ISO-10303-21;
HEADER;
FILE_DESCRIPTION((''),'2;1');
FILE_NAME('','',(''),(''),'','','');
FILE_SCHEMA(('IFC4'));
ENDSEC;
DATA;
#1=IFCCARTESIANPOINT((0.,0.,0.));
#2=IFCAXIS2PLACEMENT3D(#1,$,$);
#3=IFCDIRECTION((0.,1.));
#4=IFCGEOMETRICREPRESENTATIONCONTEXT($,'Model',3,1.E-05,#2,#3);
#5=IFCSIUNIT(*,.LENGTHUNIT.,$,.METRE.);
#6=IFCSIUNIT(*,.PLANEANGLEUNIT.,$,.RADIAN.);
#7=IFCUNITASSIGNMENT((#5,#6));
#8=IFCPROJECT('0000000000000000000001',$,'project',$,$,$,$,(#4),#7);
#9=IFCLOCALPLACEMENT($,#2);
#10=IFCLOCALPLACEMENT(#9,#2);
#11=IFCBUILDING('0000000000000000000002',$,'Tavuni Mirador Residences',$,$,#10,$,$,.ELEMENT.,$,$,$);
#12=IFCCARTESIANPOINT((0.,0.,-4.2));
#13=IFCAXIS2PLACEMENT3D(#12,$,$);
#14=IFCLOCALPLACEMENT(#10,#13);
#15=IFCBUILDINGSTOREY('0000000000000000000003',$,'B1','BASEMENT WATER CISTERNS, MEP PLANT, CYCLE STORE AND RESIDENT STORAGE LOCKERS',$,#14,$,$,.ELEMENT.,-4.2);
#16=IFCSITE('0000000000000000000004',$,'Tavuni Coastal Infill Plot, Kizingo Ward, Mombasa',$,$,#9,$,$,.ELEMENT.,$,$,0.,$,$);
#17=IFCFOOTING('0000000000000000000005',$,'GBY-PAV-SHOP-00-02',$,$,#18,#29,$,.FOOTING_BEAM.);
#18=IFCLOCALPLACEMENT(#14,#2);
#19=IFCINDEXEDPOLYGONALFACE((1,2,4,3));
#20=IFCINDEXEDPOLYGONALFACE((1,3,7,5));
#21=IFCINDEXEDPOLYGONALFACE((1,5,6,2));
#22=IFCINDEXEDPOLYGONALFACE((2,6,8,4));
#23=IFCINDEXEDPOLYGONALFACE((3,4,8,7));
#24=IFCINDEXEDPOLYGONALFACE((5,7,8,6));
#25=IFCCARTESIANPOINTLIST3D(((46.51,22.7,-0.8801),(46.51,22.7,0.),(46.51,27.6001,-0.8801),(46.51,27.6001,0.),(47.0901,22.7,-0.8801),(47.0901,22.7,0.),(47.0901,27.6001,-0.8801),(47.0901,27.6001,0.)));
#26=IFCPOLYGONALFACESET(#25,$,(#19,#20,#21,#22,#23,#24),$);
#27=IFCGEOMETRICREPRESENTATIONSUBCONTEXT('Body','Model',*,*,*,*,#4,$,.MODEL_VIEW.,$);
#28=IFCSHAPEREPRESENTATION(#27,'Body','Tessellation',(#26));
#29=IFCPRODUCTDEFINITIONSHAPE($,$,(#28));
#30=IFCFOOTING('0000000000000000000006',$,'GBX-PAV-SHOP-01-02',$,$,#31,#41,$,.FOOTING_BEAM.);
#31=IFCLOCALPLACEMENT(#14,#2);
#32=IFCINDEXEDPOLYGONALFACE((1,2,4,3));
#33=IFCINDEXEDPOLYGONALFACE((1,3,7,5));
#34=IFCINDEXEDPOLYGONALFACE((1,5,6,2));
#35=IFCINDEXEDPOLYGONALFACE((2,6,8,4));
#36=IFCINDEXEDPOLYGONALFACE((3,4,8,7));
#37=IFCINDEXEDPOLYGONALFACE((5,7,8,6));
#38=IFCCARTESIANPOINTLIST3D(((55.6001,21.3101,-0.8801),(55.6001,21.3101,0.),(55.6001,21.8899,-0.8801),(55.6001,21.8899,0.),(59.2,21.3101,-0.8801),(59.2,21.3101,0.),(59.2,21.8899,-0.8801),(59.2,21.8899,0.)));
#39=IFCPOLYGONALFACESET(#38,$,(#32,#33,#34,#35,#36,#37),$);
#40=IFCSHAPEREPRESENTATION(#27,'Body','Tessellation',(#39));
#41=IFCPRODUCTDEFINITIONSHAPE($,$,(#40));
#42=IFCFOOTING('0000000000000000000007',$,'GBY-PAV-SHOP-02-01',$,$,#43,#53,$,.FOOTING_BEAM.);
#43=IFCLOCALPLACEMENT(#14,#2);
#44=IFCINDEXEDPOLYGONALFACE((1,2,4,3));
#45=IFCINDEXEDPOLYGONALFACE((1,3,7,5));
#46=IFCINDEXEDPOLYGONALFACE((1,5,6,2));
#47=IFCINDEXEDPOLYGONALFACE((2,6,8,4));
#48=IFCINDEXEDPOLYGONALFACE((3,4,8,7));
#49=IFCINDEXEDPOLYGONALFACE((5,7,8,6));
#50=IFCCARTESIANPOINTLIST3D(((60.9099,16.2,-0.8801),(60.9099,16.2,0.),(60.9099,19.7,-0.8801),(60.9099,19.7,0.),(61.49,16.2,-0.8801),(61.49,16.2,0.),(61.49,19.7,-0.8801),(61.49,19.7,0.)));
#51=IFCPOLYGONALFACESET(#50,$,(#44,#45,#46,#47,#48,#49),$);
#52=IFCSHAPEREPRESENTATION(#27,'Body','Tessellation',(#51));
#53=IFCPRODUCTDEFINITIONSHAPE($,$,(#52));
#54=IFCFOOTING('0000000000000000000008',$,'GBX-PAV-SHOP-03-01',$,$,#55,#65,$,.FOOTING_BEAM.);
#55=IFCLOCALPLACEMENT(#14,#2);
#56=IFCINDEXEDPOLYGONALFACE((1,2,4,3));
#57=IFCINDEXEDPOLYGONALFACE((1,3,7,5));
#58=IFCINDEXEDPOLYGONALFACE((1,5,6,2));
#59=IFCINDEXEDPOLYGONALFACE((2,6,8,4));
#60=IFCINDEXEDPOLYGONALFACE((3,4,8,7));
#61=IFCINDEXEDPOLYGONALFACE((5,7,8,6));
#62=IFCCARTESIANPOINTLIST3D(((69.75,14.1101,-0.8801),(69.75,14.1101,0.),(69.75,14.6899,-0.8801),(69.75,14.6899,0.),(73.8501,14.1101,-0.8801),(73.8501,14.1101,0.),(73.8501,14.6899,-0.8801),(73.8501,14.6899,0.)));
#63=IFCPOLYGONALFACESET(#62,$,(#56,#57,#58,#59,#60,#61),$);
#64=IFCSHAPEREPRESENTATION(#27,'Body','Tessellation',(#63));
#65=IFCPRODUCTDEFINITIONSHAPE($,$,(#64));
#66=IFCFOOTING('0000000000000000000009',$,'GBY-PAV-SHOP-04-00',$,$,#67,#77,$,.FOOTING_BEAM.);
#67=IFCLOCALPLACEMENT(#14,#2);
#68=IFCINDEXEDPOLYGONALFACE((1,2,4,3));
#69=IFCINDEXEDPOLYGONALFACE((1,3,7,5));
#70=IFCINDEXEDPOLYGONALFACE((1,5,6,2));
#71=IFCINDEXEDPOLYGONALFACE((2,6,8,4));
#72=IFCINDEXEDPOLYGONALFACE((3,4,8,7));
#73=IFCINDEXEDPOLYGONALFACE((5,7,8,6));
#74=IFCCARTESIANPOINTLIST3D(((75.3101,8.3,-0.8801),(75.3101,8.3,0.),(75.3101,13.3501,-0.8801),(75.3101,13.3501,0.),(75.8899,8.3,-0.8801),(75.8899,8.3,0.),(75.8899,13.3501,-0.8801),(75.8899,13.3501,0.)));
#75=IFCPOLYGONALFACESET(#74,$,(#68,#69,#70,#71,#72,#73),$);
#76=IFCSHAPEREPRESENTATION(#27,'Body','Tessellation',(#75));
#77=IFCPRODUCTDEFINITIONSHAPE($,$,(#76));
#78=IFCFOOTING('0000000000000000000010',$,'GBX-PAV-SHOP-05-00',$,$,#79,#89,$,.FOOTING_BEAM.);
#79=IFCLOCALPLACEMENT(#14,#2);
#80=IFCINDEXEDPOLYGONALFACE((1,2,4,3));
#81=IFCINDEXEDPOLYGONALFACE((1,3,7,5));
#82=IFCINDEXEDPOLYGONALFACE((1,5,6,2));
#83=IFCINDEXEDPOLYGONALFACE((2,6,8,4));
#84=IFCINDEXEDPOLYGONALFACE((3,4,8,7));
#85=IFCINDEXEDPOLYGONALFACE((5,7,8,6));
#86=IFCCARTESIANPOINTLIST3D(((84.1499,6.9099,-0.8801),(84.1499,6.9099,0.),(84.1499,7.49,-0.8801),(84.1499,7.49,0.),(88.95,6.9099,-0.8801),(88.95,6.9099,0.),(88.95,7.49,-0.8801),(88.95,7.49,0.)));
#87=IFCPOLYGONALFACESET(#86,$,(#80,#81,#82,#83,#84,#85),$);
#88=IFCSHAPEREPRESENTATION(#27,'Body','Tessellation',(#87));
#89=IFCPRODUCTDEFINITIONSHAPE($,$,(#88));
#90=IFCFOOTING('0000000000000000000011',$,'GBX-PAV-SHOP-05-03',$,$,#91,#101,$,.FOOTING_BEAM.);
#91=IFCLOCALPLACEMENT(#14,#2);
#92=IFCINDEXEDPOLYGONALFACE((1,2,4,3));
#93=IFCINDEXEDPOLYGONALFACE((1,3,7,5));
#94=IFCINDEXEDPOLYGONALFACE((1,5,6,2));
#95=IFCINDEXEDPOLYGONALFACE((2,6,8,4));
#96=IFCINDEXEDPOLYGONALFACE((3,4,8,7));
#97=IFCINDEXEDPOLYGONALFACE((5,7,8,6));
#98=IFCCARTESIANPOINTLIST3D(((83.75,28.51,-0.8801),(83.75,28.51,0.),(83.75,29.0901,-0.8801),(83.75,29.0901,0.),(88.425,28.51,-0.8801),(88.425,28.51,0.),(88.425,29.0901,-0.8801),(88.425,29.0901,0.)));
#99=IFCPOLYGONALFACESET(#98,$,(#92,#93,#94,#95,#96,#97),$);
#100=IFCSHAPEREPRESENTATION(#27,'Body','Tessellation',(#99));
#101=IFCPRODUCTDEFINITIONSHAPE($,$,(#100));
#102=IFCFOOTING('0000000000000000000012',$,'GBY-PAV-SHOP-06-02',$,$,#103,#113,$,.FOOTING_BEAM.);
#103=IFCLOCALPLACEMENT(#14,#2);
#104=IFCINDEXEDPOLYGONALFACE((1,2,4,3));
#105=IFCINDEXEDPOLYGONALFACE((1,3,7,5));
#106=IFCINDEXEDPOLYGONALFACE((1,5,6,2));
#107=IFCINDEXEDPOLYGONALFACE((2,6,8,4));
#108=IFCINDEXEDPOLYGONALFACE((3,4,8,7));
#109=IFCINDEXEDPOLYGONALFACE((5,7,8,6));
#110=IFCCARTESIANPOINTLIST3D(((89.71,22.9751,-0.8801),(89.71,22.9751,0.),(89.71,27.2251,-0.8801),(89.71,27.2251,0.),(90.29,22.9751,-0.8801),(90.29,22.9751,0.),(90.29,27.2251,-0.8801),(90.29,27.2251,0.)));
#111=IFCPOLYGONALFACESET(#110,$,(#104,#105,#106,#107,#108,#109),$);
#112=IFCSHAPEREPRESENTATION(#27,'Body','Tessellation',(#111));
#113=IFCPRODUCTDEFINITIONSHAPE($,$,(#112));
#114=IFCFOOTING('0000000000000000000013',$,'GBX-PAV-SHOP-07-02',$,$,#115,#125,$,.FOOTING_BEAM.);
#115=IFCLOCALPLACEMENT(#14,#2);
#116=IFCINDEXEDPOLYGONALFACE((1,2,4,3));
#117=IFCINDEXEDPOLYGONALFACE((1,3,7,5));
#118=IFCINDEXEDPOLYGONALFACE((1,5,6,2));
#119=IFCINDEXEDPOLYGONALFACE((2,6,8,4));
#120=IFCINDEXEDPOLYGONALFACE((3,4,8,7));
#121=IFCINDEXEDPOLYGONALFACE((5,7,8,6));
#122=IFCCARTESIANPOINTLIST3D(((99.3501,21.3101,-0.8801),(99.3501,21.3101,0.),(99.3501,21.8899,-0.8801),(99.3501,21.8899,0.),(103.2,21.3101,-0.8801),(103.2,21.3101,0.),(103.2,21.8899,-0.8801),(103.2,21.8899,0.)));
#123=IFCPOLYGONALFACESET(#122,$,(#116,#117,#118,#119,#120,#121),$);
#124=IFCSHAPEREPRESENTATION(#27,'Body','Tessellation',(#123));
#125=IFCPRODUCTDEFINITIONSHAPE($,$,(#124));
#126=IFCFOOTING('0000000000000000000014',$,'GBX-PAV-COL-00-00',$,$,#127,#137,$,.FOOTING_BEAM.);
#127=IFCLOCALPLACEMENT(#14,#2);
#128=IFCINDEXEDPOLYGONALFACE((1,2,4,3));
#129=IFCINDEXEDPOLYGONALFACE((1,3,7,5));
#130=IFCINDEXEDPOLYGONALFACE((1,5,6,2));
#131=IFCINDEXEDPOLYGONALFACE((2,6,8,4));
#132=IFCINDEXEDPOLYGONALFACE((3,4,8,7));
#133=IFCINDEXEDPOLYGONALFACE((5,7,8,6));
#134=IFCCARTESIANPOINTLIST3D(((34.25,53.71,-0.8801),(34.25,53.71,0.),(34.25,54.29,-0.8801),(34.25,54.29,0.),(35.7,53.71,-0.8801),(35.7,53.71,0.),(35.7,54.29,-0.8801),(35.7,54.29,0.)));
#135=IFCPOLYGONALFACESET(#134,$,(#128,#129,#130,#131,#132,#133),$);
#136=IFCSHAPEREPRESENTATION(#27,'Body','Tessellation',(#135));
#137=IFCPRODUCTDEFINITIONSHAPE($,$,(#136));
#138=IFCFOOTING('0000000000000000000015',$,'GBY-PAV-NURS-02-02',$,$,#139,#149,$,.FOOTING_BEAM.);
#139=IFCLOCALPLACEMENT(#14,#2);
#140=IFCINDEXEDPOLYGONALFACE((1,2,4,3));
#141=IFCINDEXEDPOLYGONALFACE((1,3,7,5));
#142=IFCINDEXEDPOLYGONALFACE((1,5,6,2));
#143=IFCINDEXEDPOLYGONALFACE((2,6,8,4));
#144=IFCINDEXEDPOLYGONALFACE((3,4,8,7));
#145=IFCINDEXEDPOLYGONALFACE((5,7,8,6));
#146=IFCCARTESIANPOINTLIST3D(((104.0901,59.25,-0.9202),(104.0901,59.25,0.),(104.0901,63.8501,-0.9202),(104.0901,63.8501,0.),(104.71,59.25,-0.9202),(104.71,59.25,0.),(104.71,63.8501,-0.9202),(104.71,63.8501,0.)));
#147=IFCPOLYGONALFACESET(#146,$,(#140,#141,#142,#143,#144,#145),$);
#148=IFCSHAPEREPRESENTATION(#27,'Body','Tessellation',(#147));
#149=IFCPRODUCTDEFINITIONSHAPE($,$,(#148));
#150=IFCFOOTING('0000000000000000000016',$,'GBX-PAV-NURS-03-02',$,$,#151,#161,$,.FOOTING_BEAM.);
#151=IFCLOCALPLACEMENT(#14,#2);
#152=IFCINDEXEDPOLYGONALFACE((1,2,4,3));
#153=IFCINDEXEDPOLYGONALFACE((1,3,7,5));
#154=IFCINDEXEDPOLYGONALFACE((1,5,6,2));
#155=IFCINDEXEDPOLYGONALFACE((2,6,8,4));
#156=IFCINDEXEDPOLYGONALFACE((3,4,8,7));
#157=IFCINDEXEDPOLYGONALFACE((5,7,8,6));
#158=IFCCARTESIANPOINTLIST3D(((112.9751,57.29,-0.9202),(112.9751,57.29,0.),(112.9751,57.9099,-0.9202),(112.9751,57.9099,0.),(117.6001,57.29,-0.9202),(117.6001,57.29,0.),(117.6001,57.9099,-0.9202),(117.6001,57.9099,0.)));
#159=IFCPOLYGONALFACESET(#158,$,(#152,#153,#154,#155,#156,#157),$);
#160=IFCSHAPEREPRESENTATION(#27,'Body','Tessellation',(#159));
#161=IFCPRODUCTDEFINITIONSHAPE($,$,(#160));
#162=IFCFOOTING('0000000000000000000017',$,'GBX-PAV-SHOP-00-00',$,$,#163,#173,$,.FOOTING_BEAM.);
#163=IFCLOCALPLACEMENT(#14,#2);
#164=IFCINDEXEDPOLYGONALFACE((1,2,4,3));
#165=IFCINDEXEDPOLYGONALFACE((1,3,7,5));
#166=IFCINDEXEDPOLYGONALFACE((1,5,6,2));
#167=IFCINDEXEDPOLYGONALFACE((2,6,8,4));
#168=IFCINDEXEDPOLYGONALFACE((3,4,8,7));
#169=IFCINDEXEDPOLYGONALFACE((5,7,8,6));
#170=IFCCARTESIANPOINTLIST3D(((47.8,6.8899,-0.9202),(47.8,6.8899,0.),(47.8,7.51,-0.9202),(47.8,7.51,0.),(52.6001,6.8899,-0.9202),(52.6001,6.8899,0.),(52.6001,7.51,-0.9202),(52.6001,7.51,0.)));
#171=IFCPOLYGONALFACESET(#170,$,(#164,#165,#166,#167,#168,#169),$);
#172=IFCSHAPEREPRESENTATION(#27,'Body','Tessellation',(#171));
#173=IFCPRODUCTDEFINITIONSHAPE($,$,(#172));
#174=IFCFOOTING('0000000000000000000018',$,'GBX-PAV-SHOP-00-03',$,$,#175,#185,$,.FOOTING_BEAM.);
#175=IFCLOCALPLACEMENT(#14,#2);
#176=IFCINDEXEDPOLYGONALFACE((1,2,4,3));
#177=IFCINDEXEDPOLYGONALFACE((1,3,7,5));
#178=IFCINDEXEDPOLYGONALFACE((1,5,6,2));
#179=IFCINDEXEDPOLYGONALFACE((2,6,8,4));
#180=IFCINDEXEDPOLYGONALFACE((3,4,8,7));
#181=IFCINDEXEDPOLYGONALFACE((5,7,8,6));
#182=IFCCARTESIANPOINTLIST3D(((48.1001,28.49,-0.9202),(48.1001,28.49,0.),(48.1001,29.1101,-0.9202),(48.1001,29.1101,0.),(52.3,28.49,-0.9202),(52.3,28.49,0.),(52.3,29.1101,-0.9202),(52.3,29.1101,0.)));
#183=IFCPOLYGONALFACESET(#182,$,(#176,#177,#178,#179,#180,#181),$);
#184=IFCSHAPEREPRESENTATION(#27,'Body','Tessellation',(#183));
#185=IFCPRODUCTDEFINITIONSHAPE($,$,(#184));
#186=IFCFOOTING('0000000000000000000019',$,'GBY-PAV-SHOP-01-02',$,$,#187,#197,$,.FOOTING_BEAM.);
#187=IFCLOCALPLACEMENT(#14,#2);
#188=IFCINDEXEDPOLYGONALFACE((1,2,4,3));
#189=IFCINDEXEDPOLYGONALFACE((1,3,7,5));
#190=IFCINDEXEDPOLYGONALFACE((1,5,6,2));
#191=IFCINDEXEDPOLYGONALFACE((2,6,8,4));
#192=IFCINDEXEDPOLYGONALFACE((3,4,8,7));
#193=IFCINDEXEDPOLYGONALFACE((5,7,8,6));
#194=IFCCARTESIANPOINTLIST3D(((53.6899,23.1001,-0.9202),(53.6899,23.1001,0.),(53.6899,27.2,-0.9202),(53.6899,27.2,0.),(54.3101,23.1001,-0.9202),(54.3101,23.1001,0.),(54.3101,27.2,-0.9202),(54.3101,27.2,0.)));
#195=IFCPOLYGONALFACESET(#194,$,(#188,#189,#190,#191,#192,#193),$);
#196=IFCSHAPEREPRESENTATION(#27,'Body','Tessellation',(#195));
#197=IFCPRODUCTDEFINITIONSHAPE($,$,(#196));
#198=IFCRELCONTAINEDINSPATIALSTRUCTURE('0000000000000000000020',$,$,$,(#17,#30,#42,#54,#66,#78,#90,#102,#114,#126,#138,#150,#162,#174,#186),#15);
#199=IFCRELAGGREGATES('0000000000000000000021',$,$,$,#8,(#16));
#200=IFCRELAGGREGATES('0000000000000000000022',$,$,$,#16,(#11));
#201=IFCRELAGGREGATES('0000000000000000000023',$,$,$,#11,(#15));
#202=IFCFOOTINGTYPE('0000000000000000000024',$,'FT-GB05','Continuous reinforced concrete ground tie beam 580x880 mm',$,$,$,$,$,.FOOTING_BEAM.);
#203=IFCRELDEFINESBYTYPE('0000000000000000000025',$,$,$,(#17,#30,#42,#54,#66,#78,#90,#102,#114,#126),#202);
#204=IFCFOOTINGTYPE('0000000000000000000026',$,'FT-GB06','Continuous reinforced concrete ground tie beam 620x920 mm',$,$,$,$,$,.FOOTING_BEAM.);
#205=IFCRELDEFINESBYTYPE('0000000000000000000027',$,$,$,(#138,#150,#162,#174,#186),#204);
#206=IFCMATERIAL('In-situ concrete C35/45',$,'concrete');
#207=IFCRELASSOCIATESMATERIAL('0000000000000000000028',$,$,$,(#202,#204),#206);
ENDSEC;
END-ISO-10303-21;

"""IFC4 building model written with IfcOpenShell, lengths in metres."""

from ifc_helpers import new_model, si_unit, direction, frame, origin, place, context, subcontext, project, spatial, polyline, outline, extrude, material, type_object, element, save


model = new_model("IFC4")

# Units and contexts
model_context = context("Model", 3, precision=1e-05, world=origin(), true_north=direction((0.0, 1.0)))
body_context = subcontext(model_context, "Body", "Model", "MODEL_VIEW")
ifc_project = project(units=[si_unit("LENGTHUNIT", "METRE"), si_unit("PLANEANGLEUNIT", "RADIAN")], contexts=[model_context])

# Site, building, storey
site_placement = place(None, origin())
site = spatial("IfcSite", under=ifc_project, at=site_placement, Name="Tavuni Coastal Infill Plot, Kizingo Ward, Mombasa", CompositionType="ELEMENT", RefElevation=0.0)
building_placement = place(site_placement, origin())
building = spatial("IfcBuilding", under=site, at=building_placement, Name="Tavuni Mirador Residences", CompositionType="ELEMENT")
storey_placement = place(building_placement, frame((0.0, 0.0, -4.2)))
storey = spatial("IfcBuildingStorey", under=building, at=storey_placement, Name="B1", Description="BASEMENT WATER CISTERNS, MEP PLANT, CYCLE STORE AND RESIDENT STORAGE LOCKERS", CompositionType="ELEMENT", Elevation=-4.2)

# Footings
ifc_material = material(Name="In-situ concrete C35/45", Category="concrete")
footing_type_1 = type_object("IfcFootingType", Name="FT-GB05", Description="Continuous reinforced concrete ground tie beam 580x880 mm", PredefinedType="FOOTING_BEAM", material=ifc_material)
footing_1_placement = place(storey_placement, frame((0.0, 0.0, -0.8801)))
element("IfcFooting", 1, at=footing_1_placement, inside=storey, type_object=footing_type_1, Name="GBY-PAV-SHOP-00-02", PredefinedType="FOOTING_BEAM", context=body_context, shape_type="SweptSolid", body=[
    extrude(outline(polyline([(46.51, 22.7), (47.0901, 22.7), (47.0901, 27.6001), (46.51, 27.6001), (46.51, 22.7)])), origin(), (0.0, 0.0, 1.0), 0.8801),
])
footing_2_placement = place(storey_placement, frame((0.0, 0.0, -0.8801)))
element("IfcFooting", 2, at=footing_2_placement, inside=storey, type_object=footing_type_1, Name="GBX-PAV-SHOP-01-02", PredefinedType="FOOTING_BEAM", context=body_context, shape_type="SweptSolid", body=[
    extrude(outline(polyline([(55.6001, 21.3101), (59.2, 21.3101), (59.2, 21.8899), (55.6001, 21.8899), (55.6001, 21.3101)])), origin(), (0.0, 0.0, 1.0), 0.8801),
])
footing_3_placement = place(storey_placement, frame((0.0, 0.0, -0.8801)))
element("IfcFooting", 3, at=footing_3_placement, inside=storey, type_object=footing_type_1, Name="GBY-PAV-SHOP-02-01", PredefinedType="FOOTING_BEAM", context=body_context, shape_type="SweptSolid", body=[
    extrude(outline(polyline([(60.9099, 16.2), (61.49, 16.2), (61.49, 19.7), (60.9099, 19.7), (60.9099, 16.2)])), origin(), (0.0, 0.0, 1.0), 0.8801),
])
footing_4_placement = place(storey_placement, frame((0.0, 0.0, -0.8801)))
element("IfcFooting", 4, at=footing_4_placement, inside=storey, type_object=footing_type_1, Name="GBX-PAV-SHOP-03-01", PredefinedType="FOOTING_BEAM", context=body_context, shape_type="SweptSolid", body=[
    extrude(outline(polyline([(69.75, 14.1101), (73.8501, 14.1101), (73.8501, 14.6899), (69.75, 14.6899), (69.75, 14.1101)])), origin(), (0.0, 0.0, 1.0), 0.8801),
])
footing_5_placement = place(storey_placement, frame((0.0, 0.0, -0.8801)))
element("IfcFooting", 5, at=footing_5_placement, inside=storey, type_object=footing_type_1, Name="GBY-PAV-SHOP-04-00", PredefinedType="FOOTING_BEAM", context=body_context, shape_type="SweptSolid", body=[
    extrude(outline(polyline([(75.3101, 8.3), (75.8899, 8.3), (75.8899, 13.3501), (75.3101, 13.3501), (75.3101, 8.3)])), origin(), (0.0, 0.0, 1.0), 0.8801),
])
footing_6_placement = place(storey_placement, frame((0.0, 0.0, -0.8801)))
element("IfcFooting", 6, at=footing_6_placement, inside=storey, type_object=footing_type_1, Name="GBX-PAV-SHOP-05-00", PredefinedType="FOOTING_BEAM", context=body_context, shape_type="SweptSolid", body=[
    extrude(outline(polyline([(84.1499, 6.9099), (88.95, 6.9099), (88.95, 7.49), (84.1499, 7.49), (84.1499, 6.9099)])), origin(), (0.0, 0.0, 1.0), 0.8801),
])
footing_7_placement = place(storey_placement, frame((0.0, 0.0, -0.8801)))
element("IfcFooting", 7, at=footing_7_placement, inside=storey, type_object=footing_type_1, Name="GBX-PAV-SHOP-05-03", PredefinedType="FOOTING_BEAM", context=body_context, shape_type="SweptSolid", body=[
    extrude(outline(polyline([(83.75, 28.51), (88.425, 28.51), (88.425, 29.0901), (83.75, 29.0901), (83.75, 28.51)])), origin(), (0.0, 0.0, 1.0), 0.8801),
])
footing_8_placement = place(storey_placement, frame((0.0, 0.0, -0.8801)))
element("IfcFooting", 8, at=footing_8_placement, inside=storey, type_object=footing_type_1, Name="GBY-PAV-SHOP-06-02", PredefinedType="FOOTING_BEAM", context=body_context, shape_type="SweptSolid", body=[
    extrude(outline(polyline([(89.71, 22.9751), (90.29, 22.9751), (90.29, 27.2251), (89.71, 27.2251), (89.71, 22.9751)])), origin(), (0.0, 0.0, 1.0), 0.8801),
])
footing_9_placement = place(storey_placement, frame((0.0, 0.0, -0.8801)))
element("IfcFooting", 9, at=footing_9_placement, inside=storey, type_object=footing_type_1, Name="GBX-PAV-SHOP-07-02", PredefinedType="FOOTING_BEAM", context=body_context, shape_type="SweptSolid", body=[
    extrude(outline(polyline([(99.3501, 21.3101), (103.2, 21.3101), (103.2, 21.8899), (99.3501, 21.8899), (99.3501, 21.3101)])), origin(), (0.0, 0.0, 1.0), 0.8801),
])
footing_10_placement = place(storey_placement, frame((0.0, 0.0, -0.8801)))
element("IfcFooting", 10, at=footing_10_placement, inside=storey, type_object=footing_type_1, Name="GBX-PAV-COL-00-00", PredefinedType="FOOTING_BEAM", context=body_context, shape_type="SweptSolid", body=[
    extrude(outline(polyline([(34.25, 53.71), (35.7, 53.71), (35.7, 54.29), (34.25, 54.29), (34.25, 53.71)])), origin(), (0.0, 0.0, 1.0), 0.8801),
])
footing_type_2 = type_object("IfcFootingType", Name="FT-GB06", Description="Continuous reinforced concrete ground tie beam 620x920 mm", PredefinedType="FOOTING_BEAM", material=ifc_material)
footing_11_placement = place(storey_placement, frame((0.0, 0.0, -0.9202)))
element("IfcFooting", 11, at=footing_11_placement, inside=storey, type_object=footing_type_2, Name="GBY-PAV-NURS-02-02", PredefinedType="FOOTING_BEAM", context=body_context, shape_type="SweptSolid", body=[
    extrude(outline(polyline([(104.0901, 59.25), (104.71, 59.25), (104.71, 63.8501), (104.0901, 63.8501), (104.0901, 59.25)])), origin(), (0.0, 0.0, 1.0), 0.9202),
])
footing_12_placement = place(storey_placement, frame((0.0, 0.0, -0.9202)))
element("IfcFooting", 12, at=footing_12_placement, inside=storey, type_object=footing_type_2, Name="GBX-PAV-NURS-03-02", PredefinedType="FOOTING_BEAM", context=body_context, shape_type="SweptSolid", body=[
    extrude(outline(polyline([(112.9751, 57.29), (117.6001, 57.29), (117.6001, 57.9099), (112.9751, 57.9099), (112.9751, 57.29)])), origin(), (0.0, 0.0, 1.0), 0.9202),
])
footing_13_placement = place(storey_placement, frame((0.0, 0.0, -0.9202)))
element("IfcFooting", 13, at=footing_13_placement, inside=storey, type_object=footing_type_2, Name="GBX-PAV-SHOP-00-00", PredefinedType="FOOTING_BEAM", context=body_context, shape_type="SweptSolid", body=[
    extrude(outline(polyline([(47.8, 6.8899), (52.6001, 6.8899), (52.6001, 7.51), (47.8, 7.51), (47.8, 6.8899)])), origin(), (0.0, 0.0, 1.0), 0.9202),
])
footing_14_placement = place(storey_placement, frame((0.0, 0.0, -0.9202)))
element("IfcFooting", 14, at=footing_14_placement, inside=storey, type_object=footing_type_2, Name="GBX-PAV-SHOP-00-03", PredefinedType="FOOTING_BEAM", context=body_context, shape_type="SweptSolid", body=[
    extrude(outline(polyline([(48.1001, 28.49), (52.3, 28.49), (52.3, 29.1101), (48.1001, 29.1101), (48.1001, 28.49)])), origin(), (0.0, 0.0, 1.0), 0.9202),
])
footing_15_placement = place(storey_placement, frame((0.0, 0.0, -0.9202)))
element("IfcFooting", 15, at=footing_15_placement, inside=storey, type_object=footing_type_2, Name="GBY-PAV-SHOP-01-02", PredefinedType="FOOTING_BEAM", context=body_context, shape_type="SweptSolid", body=[
    extrude(outline(polyline([(53.6899, 23.1001), (54.3101, 23.1001), (54.3101, 27.2), (53.6899, 27.2), (53.6899, 23.1001)])), origin(), (0.0, 0.0, 1.0), 0.9202),
])

save(model, "model.ifc")
